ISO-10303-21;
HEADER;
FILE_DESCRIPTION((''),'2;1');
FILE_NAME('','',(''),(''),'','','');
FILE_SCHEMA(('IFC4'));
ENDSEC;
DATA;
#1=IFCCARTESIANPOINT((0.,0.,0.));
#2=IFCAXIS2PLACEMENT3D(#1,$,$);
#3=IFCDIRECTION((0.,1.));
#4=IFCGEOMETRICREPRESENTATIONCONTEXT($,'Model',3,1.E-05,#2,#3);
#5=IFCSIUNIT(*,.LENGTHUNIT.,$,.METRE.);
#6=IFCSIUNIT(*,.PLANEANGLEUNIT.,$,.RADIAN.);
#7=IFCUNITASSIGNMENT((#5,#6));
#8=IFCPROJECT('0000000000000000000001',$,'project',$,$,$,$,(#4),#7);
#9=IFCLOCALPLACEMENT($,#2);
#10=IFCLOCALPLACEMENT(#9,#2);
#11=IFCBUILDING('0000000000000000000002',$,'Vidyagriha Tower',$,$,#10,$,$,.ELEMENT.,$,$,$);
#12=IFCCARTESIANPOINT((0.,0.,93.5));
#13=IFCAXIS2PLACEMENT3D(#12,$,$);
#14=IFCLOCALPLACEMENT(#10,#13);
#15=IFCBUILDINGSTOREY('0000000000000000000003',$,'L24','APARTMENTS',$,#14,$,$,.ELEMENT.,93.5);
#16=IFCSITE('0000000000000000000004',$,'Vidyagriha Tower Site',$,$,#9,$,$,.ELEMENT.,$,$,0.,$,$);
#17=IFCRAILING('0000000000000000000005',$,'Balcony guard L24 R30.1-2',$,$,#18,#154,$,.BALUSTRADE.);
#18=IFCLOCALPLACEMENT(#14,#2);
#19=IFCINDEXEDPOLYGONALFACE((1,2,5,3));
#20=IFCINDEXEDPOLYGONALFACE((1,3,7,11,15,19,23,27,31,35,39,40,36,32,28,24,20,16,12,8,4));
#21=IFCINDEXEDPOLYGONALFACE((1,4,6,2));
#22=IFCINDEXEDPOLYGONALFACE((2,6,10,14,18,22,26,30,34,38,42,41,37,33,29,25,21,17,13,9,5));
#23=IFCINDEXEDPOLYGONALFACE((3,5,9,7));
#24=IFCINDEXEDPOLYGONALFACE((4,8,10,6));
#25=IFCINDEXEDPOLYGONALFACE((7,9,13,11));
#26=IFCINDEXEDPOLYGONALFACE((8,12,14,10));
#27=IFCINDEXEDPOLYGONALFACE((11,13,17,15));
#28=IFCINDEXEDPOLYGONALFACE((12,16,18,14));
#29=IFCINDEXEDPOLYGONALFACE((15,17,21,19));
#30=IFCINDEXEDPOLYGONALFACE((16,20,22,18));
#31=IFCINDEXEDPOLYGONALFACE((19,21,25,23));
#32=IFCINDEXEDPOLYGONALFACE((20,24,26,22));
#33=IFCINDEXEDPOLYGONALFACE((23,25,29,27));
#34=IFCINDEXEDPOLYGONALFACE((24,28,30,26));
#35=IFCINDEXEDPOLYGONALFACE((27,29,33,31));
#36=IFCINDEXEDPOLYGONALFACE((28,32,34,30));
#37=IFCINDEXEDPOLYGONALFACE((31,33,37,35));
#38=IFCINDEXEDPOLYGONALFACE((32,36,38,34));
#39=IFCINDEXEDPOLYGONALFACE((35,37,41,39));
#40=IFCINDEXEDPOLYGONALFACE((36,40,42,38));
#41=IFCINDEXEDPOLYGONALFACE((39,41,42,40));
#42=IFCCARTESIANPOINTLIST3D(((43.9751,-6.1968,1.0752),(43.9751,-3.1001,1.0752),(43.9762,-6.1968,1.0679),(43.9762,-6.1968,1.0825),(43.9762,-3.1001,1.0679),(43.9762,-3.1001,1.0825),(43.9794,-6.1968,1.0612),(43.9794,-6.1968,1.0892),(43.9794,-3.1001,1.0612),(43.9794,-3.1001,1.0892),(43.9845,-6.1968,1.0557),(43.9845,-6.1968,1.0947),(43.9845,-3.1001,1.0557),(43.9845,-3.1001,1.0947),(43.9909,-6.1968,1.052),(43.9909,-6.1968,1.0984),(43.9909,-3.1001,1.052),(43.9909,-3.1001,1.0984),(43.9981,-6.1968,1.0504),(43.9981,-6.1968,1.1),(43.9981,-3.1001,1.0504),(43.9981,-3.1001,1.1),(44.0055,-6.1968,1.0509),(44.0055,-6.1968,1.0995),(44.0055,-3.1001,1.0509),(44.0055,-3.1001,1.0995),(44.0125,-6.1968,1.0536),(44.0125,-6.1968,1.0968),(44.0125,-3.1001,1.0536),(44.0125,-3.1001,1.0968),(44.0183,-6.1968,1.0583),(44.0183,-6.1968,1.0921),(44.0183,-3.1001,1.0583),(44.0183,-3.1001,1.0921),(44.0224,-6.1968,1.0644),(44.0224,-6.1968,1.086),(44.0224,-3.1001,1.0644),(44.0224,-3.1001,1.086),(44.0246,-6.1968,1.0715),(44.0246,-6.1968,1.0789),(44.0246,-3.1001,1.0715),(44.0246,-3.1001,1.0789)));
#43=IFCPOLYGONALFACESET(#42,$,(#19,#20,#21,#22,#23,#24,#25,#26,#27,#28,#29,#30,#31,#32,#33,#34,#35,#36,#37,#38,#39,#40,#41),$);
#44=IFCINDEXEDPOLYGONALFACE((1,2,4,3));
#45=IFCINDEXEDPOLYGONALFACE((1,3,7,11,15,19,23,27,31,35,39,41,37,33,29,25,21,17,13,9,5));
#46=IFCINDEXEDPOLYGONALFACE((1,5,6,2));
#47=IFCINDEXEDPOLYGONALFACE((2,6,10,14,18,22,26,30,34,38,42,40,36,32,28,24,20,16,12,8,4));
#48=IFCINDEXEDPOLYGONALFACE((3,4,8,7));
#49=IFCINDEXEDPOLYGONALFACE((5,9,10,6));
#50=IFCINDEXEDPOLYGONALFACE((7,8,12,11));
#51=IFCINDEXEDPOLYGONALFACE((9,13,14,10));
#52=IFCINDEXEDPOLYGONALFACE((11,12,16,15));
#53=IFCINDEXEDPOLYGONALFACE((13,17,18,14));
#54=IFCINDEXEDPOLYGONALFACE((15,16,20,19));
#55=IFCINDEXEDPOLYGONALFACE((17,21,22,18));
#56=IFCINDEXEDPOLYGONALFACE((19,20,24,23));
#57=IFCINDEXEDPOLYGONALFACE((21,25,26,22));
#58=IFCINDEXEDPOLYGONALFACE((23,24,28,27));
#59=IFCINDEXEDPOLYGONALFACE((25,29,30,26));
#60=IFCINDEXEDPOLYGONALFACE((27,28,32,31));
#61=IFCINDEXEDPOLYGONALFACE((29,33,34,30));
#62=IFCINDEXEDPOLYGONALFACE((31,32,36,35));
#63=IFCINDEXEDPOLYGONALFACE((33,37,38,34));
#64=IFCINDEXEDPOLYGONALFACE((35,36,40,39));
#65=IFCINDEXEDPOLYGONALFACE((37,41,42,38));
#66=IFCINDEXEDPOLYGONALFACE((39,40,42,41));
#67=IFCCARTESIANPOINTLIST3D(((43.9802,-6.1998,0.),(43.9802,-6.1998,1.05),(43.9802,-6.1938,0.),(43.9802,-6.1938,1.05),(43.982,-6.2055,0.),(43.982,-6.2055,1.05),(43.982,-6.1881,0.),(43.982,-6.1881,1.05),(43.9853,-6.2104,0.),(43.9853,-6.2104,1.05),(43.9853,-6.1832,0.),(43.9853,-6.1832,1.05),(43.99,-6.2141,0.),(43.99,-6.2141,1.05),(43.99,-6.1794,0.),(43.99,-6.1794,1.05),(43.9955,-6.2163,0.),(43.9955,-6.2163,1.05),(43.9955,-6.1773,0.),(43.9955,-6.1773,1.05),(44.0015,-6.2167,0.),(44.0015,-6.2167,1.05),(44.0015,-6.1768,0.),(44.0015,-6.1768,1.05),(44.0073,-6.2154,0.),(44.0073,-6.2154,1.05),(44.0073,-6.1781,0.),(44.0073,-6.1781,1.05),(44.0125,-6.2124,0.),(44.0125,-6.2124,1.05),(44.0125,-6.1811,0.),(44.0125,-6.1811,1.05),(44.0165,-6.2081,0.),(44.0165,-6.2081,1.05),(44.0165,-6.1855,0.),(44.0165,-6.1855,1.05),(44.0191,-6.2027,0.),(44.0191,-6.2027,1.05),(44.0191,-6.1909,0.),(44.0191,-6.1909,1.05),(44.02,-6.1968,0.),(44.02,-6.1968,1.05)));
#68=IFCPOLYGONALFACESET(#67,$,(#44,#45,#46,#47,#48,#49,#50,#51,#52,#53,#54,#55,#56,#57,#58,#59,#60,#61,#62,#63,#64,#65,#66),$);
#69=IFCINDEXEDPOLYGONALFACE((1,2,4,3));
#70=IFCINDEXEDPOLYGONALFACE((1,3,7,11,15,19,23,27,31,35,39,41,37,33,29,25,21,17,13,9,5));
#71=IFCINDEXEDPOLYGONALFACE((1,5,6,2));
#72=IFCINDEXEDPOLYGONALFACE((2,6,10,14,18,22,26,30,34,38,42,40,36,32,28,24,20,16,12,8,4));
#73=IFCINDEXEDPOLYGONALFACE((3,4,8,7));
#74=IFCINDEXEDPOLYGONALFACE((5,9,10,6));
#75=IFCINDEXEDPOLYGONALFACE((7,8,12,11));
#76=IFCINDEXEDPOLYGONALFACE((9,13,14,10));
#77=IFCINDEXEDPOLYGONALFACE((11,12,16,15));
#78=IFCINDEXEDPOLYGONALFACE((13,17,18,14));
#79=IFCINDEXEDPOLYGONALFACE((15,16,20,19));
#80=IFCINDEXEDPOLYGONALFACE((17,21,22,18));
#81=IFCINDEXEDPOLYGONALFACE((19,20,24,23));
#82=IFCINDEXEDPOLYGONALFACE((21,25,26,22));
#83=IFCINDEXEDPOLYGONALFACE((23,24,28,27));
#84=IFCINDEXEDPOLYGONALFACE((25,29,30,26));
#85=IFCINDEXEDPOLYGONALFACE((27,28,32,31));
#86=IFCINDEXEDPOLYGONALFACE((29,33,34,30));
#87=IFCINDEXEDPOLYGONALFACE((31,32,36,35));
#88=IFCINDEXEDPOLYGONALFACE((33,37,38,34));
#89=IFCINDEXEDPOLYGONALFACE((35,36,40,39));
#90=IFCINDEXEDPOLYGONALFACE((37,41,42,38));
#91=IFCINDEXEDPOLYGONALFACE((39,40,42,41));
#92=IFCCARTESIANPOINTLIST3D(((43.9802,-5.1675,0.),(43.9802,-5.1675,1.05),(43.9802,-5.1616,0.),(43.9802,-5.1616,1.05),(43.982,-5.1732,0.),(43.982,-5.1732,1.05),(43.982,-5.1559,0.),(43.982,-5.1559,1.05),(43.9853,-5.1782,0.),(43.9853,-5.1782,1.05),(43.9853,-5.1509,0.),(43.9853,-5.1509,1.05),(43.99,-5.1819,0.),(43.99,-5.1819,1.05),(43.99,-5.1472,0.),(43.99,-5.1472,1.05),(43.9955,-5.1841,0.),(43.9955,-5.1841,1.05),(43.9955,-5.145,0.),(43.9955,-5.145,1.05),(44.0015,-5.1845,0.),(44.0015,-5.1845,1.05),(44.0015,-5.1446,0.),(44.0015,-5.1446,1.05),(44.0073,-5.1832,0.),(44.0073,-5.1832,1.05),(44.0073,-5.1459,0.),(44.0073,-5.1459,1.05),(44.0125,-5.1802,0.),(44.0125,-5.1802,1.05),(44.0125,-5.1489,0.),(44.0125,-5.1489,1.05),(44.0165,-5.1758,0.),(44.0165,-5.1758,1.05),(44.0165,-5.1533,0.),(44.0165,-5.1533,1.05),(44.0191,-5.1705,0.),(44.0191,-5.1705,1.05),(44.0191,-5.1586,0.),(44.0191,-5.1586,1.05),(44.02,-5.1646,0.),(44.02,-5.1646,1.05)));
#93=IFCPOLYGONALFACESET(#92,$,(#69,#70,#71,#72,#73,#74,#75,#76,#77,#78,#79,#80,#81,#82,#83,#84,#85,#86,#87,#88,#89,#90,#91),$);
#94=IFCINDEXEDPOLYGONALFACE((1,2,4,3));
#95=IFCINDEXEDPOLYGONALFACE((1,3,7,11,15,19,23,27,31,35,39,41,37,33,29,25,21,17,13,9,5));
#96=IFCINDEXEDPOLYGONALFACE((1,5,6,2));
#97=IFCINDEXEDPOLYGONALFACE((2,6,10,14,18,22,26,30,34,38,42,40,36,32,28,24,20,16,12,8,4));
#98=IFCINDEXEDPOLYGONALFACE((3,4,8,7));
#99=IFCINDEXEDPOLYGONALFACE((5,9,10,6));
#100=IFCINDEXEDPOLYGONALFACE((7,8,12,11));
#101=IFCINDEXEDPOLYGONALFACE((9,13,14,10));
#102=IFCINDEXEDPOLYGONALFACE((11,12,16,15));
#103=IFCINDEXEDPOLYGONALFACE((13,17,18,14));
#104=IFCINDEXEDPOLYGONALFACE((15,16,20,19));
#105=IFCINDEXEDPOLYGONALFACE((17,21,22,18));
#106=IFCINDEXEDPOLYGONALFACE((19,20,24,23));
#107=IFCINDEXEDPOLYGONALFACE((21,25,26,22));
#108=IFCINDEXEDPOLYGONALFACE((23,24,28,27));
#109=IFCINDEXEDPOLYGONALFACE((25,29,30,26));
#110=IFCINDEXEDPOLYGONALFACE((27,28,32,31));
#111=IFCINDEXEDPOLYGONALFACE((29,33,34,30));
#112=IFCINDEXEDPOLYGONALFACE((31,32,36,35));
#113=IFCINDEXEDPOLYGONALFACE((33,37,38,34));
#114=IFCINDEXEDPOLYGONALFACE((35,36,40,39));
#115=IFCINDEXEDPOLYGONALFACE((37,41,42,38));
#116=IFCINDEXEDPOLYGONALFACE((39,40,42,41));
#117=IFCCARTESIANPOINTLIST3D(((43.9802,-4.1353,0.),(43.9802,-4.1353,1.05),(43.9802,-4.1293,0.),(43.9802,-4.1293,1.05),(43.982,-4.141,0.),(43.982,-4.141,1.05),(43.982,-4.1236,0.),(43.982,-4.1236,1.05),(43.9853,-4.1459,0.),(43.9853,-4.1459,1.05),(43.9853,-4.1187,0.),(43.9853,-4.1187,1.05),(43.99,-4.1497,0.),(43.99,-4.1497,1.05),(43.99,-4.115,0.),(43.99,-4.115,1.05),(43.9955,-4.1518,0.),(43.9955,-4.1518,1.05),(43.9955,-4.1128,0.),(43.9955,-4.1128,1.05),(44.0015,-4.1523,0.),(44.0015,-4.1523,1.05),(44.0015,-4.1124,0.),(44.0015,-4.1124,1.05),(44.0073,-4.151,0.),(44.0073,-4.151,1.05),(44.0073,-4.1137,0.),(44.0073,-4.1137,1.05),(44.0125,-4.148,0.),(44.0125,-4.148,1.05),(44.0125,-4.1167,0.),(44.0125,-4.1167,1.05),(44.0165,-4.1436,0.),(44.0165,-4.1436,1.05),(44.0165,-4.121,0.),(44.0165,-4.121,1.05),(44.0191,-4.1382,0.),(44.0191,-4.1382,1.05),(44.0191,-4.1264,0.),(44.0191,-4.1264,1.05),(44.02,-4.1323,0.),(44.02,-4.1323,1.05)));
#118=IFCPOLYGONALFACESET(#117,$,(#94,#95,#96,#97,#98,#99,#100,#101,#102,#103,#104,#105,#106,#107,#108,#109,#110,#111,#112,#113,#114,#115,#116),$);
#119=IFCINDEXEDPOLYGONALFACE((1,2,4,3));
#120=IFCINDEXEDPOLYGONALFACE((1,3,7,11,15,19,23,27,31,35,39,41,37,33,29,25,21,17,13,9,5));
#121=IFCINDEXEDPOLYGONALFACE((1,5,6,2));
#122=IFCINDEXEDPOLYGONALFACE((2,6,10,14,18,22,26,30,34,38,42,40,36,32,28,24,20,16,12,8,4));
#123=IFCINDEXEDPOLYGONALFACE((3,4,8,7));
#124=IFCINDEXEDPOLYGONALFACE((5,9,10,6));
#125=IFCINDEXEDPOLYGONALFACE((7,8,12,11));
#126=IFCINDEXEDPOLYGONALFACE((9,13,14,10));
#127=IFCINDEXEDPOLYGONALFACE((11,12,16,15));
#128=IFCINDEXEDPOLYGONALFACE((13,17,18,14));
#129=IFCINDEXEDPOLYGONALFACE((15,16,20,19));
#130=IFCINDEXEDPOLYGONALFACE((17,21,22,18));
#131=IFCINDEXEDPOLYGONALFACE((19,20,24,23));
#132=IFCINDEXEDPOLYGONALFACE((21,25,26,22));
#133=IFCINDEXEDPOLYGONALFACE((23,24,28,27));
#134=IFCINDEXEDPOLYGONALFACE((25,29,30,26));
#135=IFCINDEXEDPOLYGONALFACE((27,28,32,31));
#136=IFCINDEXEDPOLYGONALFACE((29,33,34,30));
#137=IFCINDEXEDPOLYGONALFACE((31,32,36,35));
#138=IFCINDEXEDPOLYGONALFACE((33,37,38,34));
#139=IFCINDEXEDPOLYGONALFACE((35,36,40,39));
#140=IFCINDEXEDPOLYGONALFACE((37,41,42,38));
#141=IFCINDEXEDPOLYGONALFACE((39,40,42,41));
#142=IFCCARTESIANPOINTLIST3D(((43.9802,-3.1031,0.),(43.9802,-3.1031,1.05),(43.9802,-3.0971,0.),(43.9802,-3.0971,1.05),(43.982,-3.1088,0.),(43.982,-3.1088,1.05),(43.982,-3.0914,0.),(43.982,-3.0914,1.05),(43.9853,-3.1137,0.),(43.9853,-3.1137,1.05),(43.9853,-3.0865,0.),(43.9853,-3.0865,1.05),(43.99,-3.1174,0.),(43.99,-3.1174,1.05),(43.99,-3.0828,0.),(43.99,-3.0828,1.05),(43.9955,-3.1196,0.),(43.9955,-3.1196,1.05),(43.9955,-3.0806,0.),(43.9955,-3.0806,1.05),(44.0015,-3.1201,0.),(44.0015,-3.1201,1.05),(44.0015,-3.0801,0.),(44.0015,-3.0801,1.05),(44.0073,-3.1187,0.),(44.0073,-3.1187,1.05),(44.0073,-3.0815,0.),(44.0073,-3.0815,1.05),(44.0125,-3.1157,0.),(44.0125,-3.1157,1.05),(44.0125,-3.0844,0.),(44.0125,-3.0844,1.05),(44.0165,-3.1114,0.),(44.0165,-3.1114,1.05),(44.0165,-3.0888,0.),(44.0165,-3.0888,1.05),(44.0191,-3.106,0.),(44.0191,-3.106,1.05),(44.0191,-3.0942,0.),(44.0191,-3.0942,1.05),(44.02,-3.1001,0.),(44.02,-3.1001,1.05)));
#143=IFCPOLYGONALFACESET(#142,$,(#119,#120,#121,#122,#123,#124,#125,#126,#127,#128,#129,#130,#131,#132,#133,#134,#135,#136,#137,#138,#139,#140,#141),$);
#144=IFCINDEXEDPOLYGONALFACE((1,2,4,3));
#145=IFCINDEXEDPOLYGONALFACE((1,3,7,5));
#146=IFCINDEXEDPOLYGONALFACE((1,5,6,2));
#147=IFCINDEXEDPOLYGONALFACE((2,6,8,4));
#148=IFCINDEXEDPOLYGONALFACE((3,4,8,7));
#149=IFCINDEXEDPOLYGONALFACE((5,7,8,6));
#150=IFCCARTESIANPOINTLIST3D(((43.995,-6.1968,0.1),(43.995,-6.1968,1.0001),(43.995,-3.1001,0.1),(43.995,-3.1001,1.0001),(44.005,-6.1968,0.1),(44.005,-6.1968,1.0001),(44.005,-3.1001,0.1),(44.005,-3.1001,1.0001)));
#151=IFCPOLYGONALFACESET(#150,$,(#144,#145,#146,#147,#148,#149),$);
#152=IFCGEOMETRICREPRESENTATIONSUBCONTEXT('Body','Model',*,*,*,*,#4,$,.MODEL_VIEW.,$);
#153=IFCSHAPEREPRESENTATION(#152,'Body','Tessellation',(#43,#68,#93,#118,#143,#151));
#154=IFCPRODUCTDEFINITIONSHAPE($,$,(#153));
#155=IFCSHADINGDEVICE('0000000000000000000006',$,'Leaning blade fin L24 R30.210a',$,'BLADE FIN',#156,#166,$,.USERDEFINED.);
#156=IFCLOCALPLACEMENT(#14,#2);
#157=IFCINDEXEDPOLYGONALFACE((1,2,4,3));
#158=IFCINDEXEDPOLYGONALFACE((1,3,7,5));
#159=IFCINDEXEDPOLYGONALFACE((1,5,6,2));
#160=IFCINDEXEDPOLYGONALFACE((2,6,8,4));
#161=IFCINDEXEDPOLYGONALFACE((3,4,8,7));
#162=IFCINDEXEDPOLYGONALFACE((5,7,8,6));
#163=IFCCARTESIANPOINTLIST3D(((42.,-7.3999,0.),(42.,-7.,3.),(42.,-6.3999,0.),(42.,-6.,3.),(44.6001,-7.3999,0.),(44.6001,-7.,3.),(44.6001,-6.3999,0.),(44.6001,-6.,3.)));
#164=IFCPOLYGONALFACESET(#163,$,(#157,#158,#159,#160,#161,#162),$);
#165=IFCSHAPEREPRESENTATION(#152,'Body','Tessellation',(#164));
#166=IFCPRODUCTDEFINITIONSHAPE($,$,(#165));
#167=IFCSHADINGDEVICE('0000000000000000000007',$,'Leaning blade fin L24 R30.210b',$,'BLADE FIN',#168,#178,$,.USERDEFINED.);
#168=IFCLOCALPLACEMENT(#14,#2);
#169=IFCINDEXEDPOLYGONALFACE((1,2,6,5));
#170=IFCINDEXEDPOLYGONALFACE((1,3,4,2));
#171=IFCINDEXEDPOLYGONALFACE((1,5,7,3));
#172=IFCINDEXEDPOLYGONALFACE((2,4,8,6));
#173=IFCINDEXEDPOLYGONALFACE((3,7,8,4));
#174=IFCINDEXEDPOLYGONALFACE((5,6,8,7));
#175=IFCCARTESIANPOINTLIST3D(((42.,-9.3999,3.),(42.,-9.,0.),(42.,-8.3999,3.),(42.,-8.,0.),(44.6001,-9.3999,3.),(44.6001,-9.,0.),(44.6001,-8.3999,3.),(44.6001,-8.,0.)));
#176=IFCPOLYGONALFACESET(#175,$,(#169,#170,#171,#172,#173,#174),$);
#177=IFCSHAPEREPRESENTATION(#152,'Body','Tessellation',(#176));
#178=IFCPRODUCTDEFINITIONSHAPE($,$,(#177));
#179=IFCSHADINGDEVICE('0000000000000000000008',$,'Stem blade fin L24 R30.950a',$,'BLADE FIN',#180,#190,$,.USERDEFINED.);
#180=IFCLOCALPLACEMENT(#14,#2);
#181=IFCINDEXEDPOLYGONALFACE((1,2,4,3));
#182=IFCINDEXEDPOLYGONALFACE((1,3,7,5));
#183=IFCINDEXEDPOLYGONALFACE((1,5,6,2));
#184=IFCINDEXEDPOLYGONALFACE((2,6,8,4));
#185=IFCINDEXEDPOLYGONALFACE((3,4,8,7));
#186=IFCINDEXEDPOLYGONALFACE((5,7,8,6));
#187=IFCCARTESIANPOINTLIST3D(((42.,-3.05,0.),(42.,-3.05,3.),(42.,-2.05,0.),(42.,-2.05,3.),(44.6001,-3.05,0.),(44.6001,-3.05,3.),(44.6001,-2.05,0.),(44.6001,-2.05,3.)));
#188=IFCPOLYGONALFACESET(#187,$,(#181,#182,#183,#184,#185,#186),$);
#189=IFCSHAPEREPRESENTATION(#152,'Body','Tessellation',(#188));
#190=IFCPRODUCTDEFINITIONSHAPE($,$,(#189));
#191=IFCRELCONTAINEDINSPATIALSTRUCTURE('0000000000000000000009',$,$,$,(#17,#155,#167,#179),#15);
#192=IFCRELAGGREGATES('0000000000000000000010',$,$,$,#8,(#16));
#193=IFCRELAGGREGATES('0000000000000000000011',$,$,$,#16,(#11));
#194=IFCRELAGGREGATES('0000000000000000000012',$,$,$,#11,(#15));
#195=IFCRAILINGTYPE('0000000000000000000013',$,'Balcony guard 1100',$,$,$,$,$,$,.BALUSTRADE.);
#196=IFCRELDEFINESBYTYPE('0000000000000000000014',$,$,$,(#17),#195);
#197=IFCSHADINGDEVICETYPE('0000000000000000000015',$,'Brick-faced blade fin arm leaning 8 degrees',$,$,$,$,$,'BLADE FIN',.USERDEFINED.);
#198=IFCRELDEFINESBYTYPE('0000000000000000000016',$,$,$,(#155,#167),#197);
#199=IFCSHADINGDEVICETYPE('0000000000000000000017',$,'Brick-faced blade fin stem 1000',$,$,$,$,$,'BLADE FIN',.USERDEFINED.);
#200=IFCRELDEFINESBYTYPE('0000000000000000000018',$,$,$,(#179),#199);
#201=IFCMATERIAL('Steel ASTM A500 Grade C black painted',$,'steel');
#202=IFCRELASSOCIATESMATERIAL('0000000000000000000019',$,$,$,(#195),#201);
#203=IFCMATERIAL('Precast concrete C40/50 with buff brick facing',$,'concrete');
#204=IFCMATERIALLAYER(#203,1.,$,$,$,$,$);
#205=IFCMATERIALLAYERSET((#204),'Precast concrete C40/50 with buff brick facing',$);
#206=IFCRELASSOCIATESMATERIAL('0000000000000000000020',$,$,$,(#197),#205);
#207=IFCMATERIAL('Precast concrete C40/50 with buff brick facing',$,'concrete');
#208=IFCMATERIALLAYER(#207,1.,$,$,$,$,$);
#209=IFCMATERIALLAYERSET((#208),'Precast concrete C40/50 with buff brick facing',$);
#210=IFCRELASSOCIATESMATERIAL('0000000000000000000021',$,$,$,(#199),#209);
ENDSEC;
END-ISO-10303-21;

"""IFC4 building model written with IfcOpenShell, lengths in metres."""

from ifc_helpers import new_model, si_unit, direction, frame, origin, origin_2d, place, context, subcontext, project, spatial, polyline, rectangle, circle, outline, extrude, material, layer, layer_set, type_object, element, save


model = new_model("IFC4")

# Units and contexts
model_context = context("Model", 3, precision=1e-05, world=origin(), true_north=direction((0.0, 1.0)))
body_context = subcontext(model_context, "Body", "Model", "MODEL_VIEW")
ifc_project = project(units=[si_unit("LENGTHUNIT", "METRE"), si_unit("PLANEANGLEUNIT", "RADIAN")], contexts=[model_context])

# Site, building, storey
site_placement = place(None, origin())
site = spatial("IfcSite", under=ifc_project, at=site_placement, Name="Vidyagriha Tower Site", CompositionType="ELEMENT", RefElevation=0.0)
building_placement = place(site_placement, origin())
building = spatial("IfcBuilding", under=site, at=building_placement, Name="Vidyagriha Tower", CompositionType="ELEMENT")
storey_placement = place(building_placement, frame((0.0, 0.0, 93.5)))
storey = spatial("IfcBuildingStorey", under=building, at=storey_placement, Name="L24", Description="APARTMENTS", CompositionType="ELEMENT", Elevation=93.5)

# Railing
ifc_material_1 = material(Name="Steel ASTM A500 Grade C black painted", Category="steel")
railing_type_1 = type_object("IfcRailingType", Name="Balcony guard 1100", PredefinedType="BALUSTRADE", material=ifc_material_1)
railing_1_placement = place(storey_placement, frame((44.0, -6.1968, 0.0)))
element("IfcRailing", 1, at=railing_1_placement, inside=storey, type_object=railing_type_1, Name="Balcony guard L24 R30.1-2", PredefinedType="BALUSTRADE", context=body_context, shape_type="SweptSolid", body=[
    extrude(circle(Radius=0.0249, at=origin_2d()), frame((0.0, 0.0, 1.0752), z_axis=(0.0, 1.0, 0.0), x_axis=(-1.0, 0.0, 0.0)), (0.0, 0.0, 1.0), 3.0967),
    extrude(circle(Radius=0.02, at=origin_2d()), origin(), (0.0, 0.0, 1.0), 1.05),
    extrude(circle(Radius=0.02, at=origin_2d()), frame((0.0, 1.0322, 0.0)), (0.0, 0.0, 1.0), 1.05),
    extrude(circle(Radius=0.02, at=origin_2d()), frame((0.0, 2.0645, 0.0)), (0.0, 0.0, 1.0), 1.05),
    extrude(circle(Radius=0.02, at=origin_2d()), frame((0.0, 3.0967, 0.0)), (0.0, 0.0, 1.0), 1.05),
    extrude(rectangle(XDim=0.01, YDim=0.9001, at=origin_2d()), frame((0.0, 0.0, 0.55), z_axis=(0.0, 1.0, 0.0), x_axis=(-1.0, 0.0, 0.0)), (0.0, 0.0, 1.0), 3.0967),
])

# Shading devices
ifc_material_2 = material(Name="Precast concrete C40/50 with buff brick facing", Category="concrete")
ifc_layer_1 = layer(ifc_material_2, 1.0)
ifc_layer_set_1 = layer_set([ifc_layer_1], Name="Precast concrete C40/50 with buff brick facing")
shading_device_type_1 = type_object("IfcShadingDeviceType", Name="Brick-faced blade fin arm leaning 8 degrees", ElementType="BLADE FIN", PredefinedType="USERDEFINED", material=ifc_layer_set_1)
shading_device_1_placement = place(storey_placement, frame((43.3, -7.3999, 0.0), z_axis=(0.0, 0.0, 1.0), x_axis=(0.0, 1.0, 0.0)))
element("IfcShadingDevice", 2, at=shading_device_1_placement, inside=storey, type_object=shading_device_type_1, Name="Leaning blade fin L24 R30.210a", ObjectType="BLADE FIN", PredefinedType="USERDEFINED", context=body_context, shape_type="SweptSolid", body=[
    extrude(outline(polyline([(0.0, 0.0), (1.0, 0.0), (1.3999, 3.0), (0.3999, 3.0), (0.0, 0.0)])), frame((0.0, 1.3, 0.0), z_axis=(0.0, -1.0, 0.0), x_axis=(1.0, 0.0, 0.0)), (0.0, 0.0, 1.0), 2.6001),
])
shading_device_2_placement = place(storey_placement, frame((43.3, -9.3999, 0.0), z_axis=(0.0, 0.0, 1.0), x_axis=(0.0, 1.0, 0.0)))
element("IfcShadingDevice", 3, at=shading_device_2_placement, inside=storey, type_object=shading_device_type_1, Name="Leaning blade fin L24 R30.210b", ObjectType="BLADE FIN", PredefinedType="USERDEFINED", context=body_context, shape_type="SweptSolid", body=[
    extrude(outline(polyline([(0.3999, 0.0), (1.3999, 0.0), (1.0, 3.0), (0.0, 3.0), (0.3999, 0.0)])), frame((0.0, 1.3, 0.0), z_axis=(0.0, -1.0, 0.0), x_axis=(1.0, 0.0, 0.0)), (0.0, 0.0, 1.0), 2.6001),
])
ifc_material_3 = material(Name="Precast concrete C40/50 with buff brick facing", Category="concrete")
ifc_layer_2 = layer(ifc_material_3, 1.0)
ifc_layer_set_2 = layer_set([ifc_layer_2], Name="Precast concrete C40/50 with buff brick facing")
shading_device_type_2 = type_object("IfcShadingDeviceType", Name="Brick-faced blade fin stem 1000", ElementType="BLADE FIN", PredefinedType="USERDEFINED", material=ifc_layer_set_2)
shading_device_3_placement = place(storey_placement, frame((43.3, -3.05, 0.0), z_axis=(0.0, 0.0, 1.0), x_axis=(0.0, 1.0, 0.0)))
element("IfcShadingDevice", 4, at=shading_device_3_placement, inside=storey, type_object=shading_device_type_2, Name="Stem blade fin L24 R30.950a", ObjectType="BLADE FIN", PredefinedType="USERDEFINED", context=body_context, shape_type="SweptSolid", body=[
    extrude(outline(polyline([(0.0, 0.0), (1.0, 0.0), (1.0, 3.0), (0.0, 3.0), (0.0, 0.0)])), frame((0.0, 1.3, 0.0), z_axis=(0.0, -1.0, 0.0), x_axis=(1.0, 0.0, 0.0)), (0.0, 0.0, 1.0), 2.6001),
])

save(model, "model.ifc")
